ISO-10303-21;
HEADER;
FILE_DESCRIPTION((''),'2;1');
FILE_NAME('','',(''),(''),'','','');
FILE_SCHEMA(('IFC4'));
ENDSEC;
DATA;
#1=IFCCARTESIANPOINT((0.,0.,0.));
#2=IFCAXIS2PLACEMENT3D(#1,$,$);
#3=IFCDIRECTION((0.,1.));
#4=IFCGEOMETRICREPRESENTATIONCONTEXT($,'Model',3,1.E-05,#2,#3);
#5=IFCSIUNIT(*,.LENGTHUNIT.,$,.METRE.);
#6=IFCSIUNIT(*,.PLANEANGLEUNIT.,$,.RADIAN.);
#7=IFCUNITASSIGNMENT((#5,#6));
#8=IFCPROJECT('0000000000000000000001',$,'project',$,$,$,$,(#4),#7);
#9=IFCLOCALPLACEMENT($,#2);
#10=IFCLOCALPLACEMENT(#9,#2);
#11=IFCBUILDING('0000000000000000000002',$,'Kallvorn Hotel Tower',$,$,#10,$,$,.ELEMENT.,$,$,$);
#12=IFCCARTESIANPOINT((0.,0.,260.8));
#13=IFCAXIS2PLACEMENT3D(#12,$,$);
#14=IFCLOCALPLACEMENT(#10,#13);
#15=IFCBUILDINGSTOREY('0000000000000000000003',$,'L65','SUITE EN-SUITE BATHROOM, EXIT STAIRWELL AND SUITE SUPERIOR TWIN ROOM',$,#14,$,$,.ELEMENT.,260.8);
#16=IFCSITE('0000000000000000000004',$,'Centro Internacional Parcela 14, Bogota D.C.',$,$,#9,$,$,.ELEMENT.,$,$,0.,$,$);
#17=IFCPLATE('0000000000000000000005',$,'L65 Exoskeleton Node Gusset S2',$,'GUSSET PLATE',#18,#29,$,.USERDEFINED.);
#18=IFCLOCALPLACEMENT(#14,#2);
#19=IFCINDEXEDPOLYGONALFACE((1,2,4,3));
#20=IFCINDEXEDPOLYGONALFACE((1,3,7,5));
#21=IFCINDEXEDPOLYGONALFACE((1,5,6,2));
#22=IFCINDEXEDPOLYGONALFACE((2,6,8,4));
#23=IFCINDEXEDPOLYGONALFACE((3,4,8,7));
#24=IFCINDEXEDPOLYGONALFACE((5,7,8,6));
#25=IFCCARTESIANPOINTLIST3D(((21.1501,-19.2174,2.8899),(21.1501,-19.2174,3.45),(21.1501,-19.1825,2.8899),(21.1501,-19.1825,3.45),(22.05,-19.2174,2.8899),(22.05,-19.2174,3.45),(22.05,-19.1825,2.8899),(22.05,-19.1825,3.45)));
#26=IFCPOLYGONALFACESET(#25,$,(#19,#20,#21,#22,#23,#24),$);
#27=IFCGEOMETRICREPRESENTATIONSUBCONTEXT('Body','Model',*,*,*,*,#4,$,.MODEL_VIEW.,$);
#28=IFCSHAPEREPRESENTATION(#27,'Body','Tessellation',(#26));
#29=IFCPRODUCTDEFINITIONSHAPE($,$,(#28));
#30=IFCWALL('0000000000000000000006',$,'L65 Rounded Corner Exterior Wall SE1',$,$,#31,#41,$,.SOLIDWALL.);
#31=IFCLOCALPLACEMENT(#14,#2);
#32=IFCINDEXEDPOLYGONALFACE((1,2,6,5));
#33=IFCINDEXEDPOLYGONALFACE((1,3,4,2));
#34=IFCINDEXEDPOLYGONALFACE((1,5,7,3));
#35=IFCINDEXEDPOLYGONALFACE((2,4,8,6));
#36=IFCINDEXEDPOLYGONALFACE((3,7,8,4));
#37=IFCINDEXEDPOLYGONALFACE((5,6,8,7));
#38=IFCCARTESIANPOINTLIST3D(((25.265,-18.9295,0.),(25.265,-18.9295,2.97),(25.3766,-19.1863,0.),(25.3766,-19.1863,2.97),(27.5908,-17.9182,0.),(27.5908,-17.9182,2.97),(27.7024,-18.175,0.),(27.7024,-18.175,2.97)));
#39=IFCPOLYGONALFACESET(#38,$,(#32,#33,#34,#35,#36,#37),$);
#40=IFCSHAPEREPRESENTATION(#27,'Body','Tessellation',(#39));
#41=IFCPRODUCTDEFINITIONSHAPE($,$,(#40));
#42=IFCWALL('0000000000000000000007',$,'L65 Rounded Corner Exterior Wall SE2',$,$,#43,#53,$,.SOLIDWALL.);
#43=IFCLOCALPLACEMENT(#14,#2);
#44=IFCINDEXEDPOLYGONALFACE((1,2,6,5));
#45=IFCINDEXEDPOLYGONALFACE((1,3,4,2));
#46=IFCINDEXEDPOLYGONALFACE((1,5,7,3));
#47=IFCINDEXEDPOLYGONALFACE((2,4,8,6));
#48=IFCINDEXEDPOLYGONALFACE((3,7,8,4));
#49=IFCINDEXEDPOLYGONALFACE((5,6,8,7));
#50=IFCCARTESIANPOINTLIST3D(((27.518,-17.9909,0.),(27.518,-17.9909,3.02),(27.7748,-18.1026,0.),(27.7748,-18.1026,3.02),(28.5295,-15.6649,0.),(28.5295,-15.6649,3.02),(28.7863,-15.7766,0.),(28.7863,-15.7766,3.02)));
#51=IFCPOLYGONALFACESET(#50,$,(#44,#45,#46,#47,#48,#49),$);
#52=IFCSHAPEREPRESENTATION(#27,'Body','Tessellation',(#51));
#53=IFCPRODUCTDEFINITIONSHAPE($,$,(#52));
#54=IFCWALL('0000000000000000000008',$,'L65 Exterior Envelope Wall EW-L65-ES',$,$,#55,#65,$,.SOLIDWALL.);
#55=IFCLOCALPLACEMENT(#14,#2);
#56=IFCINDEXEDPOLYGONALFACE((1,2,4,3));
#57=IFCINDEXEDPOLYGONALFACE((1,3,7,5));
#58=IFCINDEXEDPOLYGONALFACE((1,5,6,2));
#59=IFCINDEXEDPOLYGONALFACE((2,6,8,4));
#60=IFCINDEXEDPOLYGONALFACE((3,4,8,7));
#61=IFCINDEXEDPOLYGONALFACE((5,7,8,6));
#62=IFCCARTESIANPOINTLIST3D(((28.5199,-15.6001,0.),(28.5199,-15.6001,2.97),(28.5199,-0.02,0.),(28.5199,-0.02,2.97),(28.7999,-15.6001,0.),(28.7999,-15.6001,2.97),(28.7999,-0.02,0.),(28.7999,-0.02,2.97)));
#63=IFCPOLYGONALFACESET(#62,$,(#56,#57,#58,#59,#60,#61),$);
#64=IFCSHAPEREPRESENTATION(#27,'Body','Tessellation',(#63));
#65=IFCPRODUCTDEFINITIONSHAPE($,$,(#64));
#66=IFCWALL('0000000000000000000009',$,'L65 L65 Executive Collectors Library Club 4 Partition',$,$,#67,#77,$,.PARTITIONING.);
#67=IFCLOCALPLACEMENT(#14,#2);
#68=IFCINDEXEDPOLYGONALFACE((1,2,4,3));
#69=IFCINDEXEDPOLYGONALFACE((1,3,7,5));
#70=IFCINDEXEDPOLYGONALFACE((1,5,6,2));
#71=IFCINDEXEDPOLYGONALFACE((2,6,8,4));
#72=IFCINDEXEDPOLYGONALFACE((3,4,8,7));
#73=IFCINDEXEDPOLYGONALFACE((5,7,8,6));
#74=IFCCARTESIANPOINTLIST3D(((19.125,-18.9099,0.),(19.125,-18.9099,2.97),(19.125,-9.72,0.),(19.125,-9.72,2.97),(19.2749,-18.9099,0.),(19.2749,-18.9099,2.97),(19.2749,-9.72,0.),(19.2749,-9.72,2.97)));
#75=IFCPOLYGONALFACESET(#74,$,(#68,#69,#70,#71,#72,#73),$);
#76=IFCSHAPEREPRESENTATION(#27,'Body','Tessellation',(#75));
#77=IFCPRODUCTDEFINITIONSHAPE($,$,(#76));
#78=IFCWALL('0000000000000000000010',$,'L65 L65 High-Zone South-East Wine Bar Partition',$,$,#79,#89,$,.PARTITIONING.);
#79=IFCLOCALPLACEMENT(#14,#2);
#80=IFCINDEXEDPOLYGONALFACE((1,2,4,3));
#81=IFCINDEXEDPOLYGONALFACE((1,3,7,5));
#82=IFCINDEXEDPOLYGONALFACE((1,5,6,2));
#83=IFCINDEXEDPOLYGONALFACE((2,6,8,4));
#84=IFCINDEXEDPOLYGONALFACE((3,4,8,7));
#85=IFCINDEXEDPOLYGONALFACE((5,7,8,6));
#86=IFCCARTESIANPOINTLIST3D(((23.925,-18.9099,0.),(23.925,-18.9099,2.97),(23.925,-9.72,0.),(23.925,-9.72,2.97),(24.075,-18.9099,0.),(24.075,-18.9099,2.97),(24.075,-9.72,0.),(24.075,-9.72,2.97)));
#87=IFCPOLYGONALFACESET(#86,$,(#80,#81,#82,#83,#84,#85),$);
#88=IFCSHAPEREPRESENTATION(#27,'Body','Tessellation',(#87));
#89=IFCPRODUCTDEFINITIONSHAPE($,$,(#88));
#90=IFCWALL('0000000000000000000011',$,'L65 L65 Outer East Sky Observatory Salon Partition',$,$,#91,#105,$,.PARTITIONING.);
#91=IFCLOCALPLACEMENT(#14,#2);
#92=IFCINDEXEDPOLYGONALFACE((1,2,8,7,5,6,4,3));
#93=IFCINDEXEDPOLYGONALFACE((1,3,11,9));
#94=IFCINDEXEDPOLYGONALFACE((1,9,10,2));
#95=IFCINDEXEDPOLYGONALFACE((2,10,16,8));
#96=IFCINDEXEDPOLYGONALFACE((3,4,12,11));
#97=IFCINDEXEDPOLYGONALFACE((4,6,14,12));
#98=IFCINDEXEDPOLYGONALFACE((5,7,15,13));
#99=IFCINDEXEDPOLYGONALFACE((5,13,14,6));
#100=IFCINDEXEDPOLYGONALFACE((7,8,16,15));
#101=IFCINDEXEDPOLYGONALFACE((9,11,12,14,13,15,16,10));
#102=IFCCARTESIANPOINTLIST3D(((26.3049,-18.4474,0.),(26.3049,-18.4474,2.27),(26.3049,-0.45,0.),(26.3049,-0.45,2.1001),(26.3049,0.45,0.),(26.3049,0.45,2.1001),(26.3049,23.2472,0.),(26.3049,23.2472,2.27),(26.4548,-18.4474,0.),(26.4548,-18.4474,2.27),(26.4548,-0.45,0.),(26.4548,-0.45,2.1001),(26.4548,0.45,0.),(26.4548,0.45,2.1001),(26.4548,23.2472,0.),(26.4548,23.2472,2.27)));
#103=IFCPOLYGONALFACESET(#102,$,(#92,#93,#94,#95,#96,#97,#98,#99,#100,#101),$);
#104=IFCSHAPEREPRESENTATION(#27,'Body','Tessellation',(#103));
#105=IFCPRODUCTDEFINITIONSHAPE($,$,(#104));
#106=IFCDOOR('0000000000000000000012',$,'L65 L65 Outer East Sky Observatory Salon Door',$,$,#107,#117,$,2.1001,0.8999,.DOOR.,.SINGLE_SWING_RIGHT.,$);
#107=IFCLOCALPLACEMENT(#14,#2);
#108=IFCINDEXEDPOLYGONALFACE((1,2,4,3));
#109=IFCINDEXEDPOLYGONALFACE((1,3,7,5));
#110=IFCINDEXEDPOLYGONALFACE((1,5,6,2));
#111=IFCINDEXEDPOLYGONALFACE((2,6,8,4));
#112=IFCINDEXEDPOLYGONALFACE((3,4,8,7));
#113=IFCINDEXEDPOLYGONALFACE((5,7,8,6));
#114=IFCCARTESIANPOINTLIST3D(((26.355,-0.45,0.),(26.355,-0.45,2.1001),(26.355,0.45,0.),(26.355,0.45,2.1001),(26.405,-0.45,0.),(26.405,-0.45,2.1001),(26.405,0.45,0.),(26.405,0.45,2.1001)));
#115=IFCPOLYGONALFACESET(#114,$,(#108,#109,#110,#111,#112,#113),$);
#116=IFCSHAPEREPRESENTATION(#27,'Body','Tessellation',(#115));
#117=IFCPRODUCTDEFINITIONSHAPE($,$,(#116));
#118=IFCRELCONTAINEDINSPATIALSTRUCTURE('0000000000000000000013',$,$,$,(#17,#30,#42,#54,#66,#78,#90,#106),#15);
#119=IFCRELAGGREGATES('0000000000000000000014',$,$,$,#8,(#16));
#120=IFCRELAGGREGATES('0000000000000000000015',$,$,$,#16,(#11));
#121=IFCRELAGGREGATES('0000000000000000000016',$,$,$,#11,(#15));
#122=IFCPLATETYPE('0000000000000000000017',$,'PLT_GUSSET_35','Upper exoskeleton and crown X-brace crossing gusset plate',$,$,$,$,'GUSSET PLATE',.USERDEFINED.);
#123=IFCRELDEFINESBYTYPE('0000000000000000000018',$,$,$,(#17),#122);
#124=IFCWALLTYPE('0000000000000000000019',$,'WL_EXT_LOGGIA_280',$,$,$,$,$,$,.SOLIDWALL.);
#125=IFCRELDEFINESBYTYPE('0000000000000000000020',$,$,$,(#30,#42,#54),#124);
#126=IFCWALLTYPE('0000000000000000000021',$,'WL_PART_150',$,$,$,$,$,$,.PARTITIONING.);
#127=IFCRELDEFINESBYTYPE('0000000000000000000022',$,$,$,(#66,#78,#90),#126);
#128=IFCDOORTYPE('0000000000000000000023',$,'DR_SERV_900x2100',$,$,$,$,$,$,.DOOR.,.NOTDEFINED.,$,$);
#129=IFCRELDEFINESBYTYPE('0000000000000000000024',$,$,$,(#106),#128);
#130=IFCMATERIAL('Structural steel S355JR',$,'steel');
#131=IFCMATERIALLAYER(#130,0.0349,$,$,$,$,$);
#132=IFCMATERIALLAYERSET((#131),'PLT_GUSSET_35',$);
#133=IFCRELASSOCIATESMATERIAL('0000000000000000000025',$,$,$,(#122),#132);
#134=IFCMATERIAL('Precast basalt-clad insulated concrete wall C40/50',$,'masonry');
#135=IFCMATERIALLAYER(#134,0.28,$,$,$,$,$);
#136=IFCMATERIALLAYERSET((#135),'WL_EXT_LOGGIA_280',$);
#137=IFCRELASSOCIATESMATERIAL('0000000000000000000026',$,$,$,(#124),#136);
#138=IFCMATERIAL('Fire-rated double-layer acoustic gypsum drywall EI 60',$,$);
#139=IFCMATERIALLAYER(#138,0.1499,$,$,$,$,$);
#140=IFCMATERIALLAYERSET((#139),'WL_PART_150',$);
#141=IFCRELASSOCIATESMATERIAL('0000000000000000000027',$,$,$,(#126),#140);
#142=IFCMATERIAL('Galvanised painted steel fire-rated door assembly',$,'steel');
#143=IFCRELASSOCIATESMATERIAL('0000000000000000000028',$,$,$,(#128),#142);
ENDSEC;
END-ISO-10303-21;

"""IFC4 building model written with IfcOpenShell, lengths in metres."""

from ifc_helpers import new_model, si_unit, direction, frame, frame_2d, origin, origin_2d, place, context, subcontext, project, spatial, rectangle, extrude, material, layer, layer_set, type_object, element, fill, save


model = new_model("IFC4")

# Units and contexts
model_context = context("Model", 3, precision=1e-05, world=origin(), true_north=direction((0.0, 1.0)))
body_context = subcontext(model_context, "Body", "Model", "MODEL_VIEW")
ifc_project = project(units=[si_unit("LENGTHUNIT", "METRE"), si_unit("PLANEANGLEUNIT", "RADIAN")], contexts=[model_context])

# Site, building, storey
site_placement = place(None, origin())
site = spatial("IfcSite", under=ifc_project, at=site_placement, Name="Centro Internacional Parcela 14, Bogota D.C.", CompositionType="ELEMENT", RefElevation=0.0)
building_placement = place(site_placement, origin())
building = spatial("IfcBuilding", under=site, at=building_placement, Name="Kallvorn Hotel Tower", CompositionType="ELEMENT")
storey_placement = place(building_placement, frame((0.0, 0.0, 260.8)))
storey = spatial("IfcBuildingStorey", under=building, at=storey_placement, Name="L65", Description="SUITE EN-SUITE BATHROOM, EXIT STAIRWELL AND SUITE SUPERIOR TWIN ROOM", CompositionType="ELEMENT", Elevation=260.8)

# Plate
ifc_material_1 = material(Name="Structural steel S355JR", Category="steel")
ifc_layer_1 = layer(ifc_material_1, 0.0349)
ifc_layer_set_1 = layer_set([ifc_layer_1], Name="PLT_GUSSET_35")
plate_type_1 = type_object("IfcPlateType", Name="PLT_GUSSET_35", Description="Upper exoskeleton and crown X-brace crossing gusset plate", ElementType="GUSSET PLATE", PredefinedType="USERDEFINED", material=ifc_layer_set_1)
plate_1_placement = place(storey_placement, frame((21.6001, -19.2, 2.8899), z_axis=(0.0, 0.0, 1.0), x_axis=(1.0, 0.0, 0.0)))
element("IfcPlate", 1, at=plate_1_placement, inside=storey, type_object=plate_type_1, Name="L65 Exoskeleton Node Gusset S2", ObjectType="GUSSET PLATE", PredefinedType="USERDEFINED", context=body_context, shape_type="SweptSolid", body=[
    extrude(rectangle(XDim=0.8999, YDim=0.0349, at=origin_2d()), origin(), (0.0, 0.0, 1.0), 0.5601),
])

# Walls
ifc_material_2 = material(Name="Precast basalt-clad insulated concrete wall C40/50", Category="masonry")
ifc_layer_2 = layer(ifc_material_2, 0.28)
ifc_layer_set_2 = layer_set([ifc_layer_2], Name="WL_EXT_LOGGIA_280")
wall_type_1 = type_object("IfcWallType", Name="WL_EXT_LOGGIA_280", PredefinedType="SOLIDWALL", material=ifc_layer_set_2)
wall_1_placement = place(storey_placement, frame((25.3208, -19.0579, 0.0), z_axis=(0.0, 0.0, 1.0), x_axis=(0.917061, 0.398747, 0.0)))
element("IfcWall", 2, at=wall_1_placement, inside=storey, type_object=wall_type_1, Name="L65 Rounded Corner Exterior Wall SE1", PredefinedType="SOLIDWALL", context=body_context, shape_type="SweptSolid", body=[
    extrude(rectangle(XDim=2.5361, YDim=0.28, at=frame_2d((1.2681, 0.0))), origin(), (0.0, 0.0, 1.0), 2.97),
])
wall_2_placement = place(storey_placement, frame((27.6465, -18.0466, 0.0), z_axis=(0.0, 0.0, 1.0), x_axis=(0.398793, 0.917041, 0.0)))
element("IfcWall", 3, at=wall_2_placement, inside=storey, type_object=wall_type_1, Name="L65 Rounded Corner Exterior Wall SE2", PredefinedType="SOLIDWALL", context=body_context, shape_type="SweptSolid", body=[
    extrude(rectangle(XDim=2.5364, YDim=0.28, at=frame_2d((1.2681, 0.0))), origin(), (0.0, 0.0, 1.0), 3.02),
])
wall_3_placement = place(storey_placement, frame((28.6599, -15.6001, 0.0), z_axis=(0.0, 0.0, 1.0), x_axis=(0.0, 1.0, 0.0)))
element("IfcWall", 4, at=wall_3_placement, inside=storey, type_object=wall_type_1, Name="L65 Exterior Envelope Wall EW-L65-ES", PredefinedType="SOLIDWALL", context=body_context, shape_type="SweptSolid", body=[
    extrude(rectangle(XDim=15.5801, YDim=0.28, at=frame_2d((7.79, 0.0))), origin(), (0.0, 0.0, 1.0), 2.97),
])
ifc_material_3 = material(Name="Fire-rated double-layer acoustic gypsum drywall EI 60")
ifc_layer_3 = layer(ifc_material_3, 0.1499)
ifc_layer_set_3 = layer_set([ifc_layer_3], Name="WL_PART_150")
wall_type_2 = type_object("IfcWallType", Name="WL_PART_150", PredefinedType="PARTITIONING", material=ifc_layer_set_3)
for number, where, z_axis, x_axis, name in (
    (5, (19.2, -18.9099, 0.0), (0.0, 0.0, 1.0), (0.0, 1.0, 0.0), "L65 L65 Executive Collectors Library Club 4 Partition"),
    (6, (24.0, -18.9099, 0.0), (0.0, 0.0, 1.0), (0.0, 1.0, 0.0), "L65 L65 High-Zone South-East Wine Bar Partition"),
):
    element("IfcWall", number, at=place(storey_placement, frame(where, z_axis=z_axis, x_axis=x_axis)), inside=storey, type_object=wall_type_2, Name=name, PredefinedType="PARTITIONING", context=body_context, shape_type="SweptSolid", body=[
        extrude(rectangle(XDim=9.1899, YDim=0.1499, at=frame_2d((4.595, 0.0))), origin(), (0.0, 0.0, 1.0), 2.97),
    ])

# Wall, opening, door
wall_4_placement = place(storey_placement, frame((26.3799, -18.4473, 0.0), z_axis=(0.0, 0.0, 1.0), x_axis=(0.0, 1.0, 0.0)))
wall_4 = element("IfcWall", 7, at=wall_4_placement, inside=storey, type_object=wall_type_2, Name="L65 L65 Outer East Sky Observatory Salon Partition", PredefinedType="PARTITIONING", context=body_context, shape_type="SweptSolid", body=[
    extrude(rectangle(XDim=41.6946, YDim=0.1499, at=frame_2d((20.8472, 0.0))), origin(), (0.0, 0.0, 1.0), 2.27),
])
opening_placement = place(wall_4_placement, frame((17.9973, 0.0, 0.0)))
opening = element("IfcOpeningElement", 8, at=opening_placement, cuts=wall_4, PredefinedType="OPENING", context=body_context, shape_type="SweptSolid", body=[
    extrude(rectangle(XDim=0.8999, YDim=2.1001, at=frame_2d((0.45, 1.05))), frame((0.0, 0.0898, 0.0), z_axis=(0.0, -1.0, 0.0), x_axis=(1.0, 0.0, 0.0)), (0.0, 0.0, 1.0), 0.1799),
])
ifc_material_4 = material(Name="Galvanised painted steel fire-rated door assembly", Category="steel")
door_type = type_object("IfcDoorType", Name="DR_SERV_900x2100", OperationType="NOTDEFINED", PredefinedType="DOOR", material=ifc_material_4)
door_placement = place(opening_placement, origin())
door = element("IfcDoor", 9, at=door_placement, inside=storey, type_object=door_type, Name="L65 L65 Outer East Sky Observatory Salon Door", OperationType="SINGLE_SWING_RIGHT", OverallHeight=2.1001, OverallWidth=0.8999, PredefinedType="DOOR", context=body_context, shape_type="SweptSolid", body=[
    extrude(rectangle(XDim=0.8999, YDim=2.1001, at=frame_2d((0.45, 1.05))), frame((0.0, 0.0249, 0.0), z_axis=(0.0, -1.0, 0.0), x_axis=(1.0, 0.0, 0.0)), (0.0, 0.0, 1.0), 0.05),
])
fill(opening, door)

save(model, "model.ifc")
